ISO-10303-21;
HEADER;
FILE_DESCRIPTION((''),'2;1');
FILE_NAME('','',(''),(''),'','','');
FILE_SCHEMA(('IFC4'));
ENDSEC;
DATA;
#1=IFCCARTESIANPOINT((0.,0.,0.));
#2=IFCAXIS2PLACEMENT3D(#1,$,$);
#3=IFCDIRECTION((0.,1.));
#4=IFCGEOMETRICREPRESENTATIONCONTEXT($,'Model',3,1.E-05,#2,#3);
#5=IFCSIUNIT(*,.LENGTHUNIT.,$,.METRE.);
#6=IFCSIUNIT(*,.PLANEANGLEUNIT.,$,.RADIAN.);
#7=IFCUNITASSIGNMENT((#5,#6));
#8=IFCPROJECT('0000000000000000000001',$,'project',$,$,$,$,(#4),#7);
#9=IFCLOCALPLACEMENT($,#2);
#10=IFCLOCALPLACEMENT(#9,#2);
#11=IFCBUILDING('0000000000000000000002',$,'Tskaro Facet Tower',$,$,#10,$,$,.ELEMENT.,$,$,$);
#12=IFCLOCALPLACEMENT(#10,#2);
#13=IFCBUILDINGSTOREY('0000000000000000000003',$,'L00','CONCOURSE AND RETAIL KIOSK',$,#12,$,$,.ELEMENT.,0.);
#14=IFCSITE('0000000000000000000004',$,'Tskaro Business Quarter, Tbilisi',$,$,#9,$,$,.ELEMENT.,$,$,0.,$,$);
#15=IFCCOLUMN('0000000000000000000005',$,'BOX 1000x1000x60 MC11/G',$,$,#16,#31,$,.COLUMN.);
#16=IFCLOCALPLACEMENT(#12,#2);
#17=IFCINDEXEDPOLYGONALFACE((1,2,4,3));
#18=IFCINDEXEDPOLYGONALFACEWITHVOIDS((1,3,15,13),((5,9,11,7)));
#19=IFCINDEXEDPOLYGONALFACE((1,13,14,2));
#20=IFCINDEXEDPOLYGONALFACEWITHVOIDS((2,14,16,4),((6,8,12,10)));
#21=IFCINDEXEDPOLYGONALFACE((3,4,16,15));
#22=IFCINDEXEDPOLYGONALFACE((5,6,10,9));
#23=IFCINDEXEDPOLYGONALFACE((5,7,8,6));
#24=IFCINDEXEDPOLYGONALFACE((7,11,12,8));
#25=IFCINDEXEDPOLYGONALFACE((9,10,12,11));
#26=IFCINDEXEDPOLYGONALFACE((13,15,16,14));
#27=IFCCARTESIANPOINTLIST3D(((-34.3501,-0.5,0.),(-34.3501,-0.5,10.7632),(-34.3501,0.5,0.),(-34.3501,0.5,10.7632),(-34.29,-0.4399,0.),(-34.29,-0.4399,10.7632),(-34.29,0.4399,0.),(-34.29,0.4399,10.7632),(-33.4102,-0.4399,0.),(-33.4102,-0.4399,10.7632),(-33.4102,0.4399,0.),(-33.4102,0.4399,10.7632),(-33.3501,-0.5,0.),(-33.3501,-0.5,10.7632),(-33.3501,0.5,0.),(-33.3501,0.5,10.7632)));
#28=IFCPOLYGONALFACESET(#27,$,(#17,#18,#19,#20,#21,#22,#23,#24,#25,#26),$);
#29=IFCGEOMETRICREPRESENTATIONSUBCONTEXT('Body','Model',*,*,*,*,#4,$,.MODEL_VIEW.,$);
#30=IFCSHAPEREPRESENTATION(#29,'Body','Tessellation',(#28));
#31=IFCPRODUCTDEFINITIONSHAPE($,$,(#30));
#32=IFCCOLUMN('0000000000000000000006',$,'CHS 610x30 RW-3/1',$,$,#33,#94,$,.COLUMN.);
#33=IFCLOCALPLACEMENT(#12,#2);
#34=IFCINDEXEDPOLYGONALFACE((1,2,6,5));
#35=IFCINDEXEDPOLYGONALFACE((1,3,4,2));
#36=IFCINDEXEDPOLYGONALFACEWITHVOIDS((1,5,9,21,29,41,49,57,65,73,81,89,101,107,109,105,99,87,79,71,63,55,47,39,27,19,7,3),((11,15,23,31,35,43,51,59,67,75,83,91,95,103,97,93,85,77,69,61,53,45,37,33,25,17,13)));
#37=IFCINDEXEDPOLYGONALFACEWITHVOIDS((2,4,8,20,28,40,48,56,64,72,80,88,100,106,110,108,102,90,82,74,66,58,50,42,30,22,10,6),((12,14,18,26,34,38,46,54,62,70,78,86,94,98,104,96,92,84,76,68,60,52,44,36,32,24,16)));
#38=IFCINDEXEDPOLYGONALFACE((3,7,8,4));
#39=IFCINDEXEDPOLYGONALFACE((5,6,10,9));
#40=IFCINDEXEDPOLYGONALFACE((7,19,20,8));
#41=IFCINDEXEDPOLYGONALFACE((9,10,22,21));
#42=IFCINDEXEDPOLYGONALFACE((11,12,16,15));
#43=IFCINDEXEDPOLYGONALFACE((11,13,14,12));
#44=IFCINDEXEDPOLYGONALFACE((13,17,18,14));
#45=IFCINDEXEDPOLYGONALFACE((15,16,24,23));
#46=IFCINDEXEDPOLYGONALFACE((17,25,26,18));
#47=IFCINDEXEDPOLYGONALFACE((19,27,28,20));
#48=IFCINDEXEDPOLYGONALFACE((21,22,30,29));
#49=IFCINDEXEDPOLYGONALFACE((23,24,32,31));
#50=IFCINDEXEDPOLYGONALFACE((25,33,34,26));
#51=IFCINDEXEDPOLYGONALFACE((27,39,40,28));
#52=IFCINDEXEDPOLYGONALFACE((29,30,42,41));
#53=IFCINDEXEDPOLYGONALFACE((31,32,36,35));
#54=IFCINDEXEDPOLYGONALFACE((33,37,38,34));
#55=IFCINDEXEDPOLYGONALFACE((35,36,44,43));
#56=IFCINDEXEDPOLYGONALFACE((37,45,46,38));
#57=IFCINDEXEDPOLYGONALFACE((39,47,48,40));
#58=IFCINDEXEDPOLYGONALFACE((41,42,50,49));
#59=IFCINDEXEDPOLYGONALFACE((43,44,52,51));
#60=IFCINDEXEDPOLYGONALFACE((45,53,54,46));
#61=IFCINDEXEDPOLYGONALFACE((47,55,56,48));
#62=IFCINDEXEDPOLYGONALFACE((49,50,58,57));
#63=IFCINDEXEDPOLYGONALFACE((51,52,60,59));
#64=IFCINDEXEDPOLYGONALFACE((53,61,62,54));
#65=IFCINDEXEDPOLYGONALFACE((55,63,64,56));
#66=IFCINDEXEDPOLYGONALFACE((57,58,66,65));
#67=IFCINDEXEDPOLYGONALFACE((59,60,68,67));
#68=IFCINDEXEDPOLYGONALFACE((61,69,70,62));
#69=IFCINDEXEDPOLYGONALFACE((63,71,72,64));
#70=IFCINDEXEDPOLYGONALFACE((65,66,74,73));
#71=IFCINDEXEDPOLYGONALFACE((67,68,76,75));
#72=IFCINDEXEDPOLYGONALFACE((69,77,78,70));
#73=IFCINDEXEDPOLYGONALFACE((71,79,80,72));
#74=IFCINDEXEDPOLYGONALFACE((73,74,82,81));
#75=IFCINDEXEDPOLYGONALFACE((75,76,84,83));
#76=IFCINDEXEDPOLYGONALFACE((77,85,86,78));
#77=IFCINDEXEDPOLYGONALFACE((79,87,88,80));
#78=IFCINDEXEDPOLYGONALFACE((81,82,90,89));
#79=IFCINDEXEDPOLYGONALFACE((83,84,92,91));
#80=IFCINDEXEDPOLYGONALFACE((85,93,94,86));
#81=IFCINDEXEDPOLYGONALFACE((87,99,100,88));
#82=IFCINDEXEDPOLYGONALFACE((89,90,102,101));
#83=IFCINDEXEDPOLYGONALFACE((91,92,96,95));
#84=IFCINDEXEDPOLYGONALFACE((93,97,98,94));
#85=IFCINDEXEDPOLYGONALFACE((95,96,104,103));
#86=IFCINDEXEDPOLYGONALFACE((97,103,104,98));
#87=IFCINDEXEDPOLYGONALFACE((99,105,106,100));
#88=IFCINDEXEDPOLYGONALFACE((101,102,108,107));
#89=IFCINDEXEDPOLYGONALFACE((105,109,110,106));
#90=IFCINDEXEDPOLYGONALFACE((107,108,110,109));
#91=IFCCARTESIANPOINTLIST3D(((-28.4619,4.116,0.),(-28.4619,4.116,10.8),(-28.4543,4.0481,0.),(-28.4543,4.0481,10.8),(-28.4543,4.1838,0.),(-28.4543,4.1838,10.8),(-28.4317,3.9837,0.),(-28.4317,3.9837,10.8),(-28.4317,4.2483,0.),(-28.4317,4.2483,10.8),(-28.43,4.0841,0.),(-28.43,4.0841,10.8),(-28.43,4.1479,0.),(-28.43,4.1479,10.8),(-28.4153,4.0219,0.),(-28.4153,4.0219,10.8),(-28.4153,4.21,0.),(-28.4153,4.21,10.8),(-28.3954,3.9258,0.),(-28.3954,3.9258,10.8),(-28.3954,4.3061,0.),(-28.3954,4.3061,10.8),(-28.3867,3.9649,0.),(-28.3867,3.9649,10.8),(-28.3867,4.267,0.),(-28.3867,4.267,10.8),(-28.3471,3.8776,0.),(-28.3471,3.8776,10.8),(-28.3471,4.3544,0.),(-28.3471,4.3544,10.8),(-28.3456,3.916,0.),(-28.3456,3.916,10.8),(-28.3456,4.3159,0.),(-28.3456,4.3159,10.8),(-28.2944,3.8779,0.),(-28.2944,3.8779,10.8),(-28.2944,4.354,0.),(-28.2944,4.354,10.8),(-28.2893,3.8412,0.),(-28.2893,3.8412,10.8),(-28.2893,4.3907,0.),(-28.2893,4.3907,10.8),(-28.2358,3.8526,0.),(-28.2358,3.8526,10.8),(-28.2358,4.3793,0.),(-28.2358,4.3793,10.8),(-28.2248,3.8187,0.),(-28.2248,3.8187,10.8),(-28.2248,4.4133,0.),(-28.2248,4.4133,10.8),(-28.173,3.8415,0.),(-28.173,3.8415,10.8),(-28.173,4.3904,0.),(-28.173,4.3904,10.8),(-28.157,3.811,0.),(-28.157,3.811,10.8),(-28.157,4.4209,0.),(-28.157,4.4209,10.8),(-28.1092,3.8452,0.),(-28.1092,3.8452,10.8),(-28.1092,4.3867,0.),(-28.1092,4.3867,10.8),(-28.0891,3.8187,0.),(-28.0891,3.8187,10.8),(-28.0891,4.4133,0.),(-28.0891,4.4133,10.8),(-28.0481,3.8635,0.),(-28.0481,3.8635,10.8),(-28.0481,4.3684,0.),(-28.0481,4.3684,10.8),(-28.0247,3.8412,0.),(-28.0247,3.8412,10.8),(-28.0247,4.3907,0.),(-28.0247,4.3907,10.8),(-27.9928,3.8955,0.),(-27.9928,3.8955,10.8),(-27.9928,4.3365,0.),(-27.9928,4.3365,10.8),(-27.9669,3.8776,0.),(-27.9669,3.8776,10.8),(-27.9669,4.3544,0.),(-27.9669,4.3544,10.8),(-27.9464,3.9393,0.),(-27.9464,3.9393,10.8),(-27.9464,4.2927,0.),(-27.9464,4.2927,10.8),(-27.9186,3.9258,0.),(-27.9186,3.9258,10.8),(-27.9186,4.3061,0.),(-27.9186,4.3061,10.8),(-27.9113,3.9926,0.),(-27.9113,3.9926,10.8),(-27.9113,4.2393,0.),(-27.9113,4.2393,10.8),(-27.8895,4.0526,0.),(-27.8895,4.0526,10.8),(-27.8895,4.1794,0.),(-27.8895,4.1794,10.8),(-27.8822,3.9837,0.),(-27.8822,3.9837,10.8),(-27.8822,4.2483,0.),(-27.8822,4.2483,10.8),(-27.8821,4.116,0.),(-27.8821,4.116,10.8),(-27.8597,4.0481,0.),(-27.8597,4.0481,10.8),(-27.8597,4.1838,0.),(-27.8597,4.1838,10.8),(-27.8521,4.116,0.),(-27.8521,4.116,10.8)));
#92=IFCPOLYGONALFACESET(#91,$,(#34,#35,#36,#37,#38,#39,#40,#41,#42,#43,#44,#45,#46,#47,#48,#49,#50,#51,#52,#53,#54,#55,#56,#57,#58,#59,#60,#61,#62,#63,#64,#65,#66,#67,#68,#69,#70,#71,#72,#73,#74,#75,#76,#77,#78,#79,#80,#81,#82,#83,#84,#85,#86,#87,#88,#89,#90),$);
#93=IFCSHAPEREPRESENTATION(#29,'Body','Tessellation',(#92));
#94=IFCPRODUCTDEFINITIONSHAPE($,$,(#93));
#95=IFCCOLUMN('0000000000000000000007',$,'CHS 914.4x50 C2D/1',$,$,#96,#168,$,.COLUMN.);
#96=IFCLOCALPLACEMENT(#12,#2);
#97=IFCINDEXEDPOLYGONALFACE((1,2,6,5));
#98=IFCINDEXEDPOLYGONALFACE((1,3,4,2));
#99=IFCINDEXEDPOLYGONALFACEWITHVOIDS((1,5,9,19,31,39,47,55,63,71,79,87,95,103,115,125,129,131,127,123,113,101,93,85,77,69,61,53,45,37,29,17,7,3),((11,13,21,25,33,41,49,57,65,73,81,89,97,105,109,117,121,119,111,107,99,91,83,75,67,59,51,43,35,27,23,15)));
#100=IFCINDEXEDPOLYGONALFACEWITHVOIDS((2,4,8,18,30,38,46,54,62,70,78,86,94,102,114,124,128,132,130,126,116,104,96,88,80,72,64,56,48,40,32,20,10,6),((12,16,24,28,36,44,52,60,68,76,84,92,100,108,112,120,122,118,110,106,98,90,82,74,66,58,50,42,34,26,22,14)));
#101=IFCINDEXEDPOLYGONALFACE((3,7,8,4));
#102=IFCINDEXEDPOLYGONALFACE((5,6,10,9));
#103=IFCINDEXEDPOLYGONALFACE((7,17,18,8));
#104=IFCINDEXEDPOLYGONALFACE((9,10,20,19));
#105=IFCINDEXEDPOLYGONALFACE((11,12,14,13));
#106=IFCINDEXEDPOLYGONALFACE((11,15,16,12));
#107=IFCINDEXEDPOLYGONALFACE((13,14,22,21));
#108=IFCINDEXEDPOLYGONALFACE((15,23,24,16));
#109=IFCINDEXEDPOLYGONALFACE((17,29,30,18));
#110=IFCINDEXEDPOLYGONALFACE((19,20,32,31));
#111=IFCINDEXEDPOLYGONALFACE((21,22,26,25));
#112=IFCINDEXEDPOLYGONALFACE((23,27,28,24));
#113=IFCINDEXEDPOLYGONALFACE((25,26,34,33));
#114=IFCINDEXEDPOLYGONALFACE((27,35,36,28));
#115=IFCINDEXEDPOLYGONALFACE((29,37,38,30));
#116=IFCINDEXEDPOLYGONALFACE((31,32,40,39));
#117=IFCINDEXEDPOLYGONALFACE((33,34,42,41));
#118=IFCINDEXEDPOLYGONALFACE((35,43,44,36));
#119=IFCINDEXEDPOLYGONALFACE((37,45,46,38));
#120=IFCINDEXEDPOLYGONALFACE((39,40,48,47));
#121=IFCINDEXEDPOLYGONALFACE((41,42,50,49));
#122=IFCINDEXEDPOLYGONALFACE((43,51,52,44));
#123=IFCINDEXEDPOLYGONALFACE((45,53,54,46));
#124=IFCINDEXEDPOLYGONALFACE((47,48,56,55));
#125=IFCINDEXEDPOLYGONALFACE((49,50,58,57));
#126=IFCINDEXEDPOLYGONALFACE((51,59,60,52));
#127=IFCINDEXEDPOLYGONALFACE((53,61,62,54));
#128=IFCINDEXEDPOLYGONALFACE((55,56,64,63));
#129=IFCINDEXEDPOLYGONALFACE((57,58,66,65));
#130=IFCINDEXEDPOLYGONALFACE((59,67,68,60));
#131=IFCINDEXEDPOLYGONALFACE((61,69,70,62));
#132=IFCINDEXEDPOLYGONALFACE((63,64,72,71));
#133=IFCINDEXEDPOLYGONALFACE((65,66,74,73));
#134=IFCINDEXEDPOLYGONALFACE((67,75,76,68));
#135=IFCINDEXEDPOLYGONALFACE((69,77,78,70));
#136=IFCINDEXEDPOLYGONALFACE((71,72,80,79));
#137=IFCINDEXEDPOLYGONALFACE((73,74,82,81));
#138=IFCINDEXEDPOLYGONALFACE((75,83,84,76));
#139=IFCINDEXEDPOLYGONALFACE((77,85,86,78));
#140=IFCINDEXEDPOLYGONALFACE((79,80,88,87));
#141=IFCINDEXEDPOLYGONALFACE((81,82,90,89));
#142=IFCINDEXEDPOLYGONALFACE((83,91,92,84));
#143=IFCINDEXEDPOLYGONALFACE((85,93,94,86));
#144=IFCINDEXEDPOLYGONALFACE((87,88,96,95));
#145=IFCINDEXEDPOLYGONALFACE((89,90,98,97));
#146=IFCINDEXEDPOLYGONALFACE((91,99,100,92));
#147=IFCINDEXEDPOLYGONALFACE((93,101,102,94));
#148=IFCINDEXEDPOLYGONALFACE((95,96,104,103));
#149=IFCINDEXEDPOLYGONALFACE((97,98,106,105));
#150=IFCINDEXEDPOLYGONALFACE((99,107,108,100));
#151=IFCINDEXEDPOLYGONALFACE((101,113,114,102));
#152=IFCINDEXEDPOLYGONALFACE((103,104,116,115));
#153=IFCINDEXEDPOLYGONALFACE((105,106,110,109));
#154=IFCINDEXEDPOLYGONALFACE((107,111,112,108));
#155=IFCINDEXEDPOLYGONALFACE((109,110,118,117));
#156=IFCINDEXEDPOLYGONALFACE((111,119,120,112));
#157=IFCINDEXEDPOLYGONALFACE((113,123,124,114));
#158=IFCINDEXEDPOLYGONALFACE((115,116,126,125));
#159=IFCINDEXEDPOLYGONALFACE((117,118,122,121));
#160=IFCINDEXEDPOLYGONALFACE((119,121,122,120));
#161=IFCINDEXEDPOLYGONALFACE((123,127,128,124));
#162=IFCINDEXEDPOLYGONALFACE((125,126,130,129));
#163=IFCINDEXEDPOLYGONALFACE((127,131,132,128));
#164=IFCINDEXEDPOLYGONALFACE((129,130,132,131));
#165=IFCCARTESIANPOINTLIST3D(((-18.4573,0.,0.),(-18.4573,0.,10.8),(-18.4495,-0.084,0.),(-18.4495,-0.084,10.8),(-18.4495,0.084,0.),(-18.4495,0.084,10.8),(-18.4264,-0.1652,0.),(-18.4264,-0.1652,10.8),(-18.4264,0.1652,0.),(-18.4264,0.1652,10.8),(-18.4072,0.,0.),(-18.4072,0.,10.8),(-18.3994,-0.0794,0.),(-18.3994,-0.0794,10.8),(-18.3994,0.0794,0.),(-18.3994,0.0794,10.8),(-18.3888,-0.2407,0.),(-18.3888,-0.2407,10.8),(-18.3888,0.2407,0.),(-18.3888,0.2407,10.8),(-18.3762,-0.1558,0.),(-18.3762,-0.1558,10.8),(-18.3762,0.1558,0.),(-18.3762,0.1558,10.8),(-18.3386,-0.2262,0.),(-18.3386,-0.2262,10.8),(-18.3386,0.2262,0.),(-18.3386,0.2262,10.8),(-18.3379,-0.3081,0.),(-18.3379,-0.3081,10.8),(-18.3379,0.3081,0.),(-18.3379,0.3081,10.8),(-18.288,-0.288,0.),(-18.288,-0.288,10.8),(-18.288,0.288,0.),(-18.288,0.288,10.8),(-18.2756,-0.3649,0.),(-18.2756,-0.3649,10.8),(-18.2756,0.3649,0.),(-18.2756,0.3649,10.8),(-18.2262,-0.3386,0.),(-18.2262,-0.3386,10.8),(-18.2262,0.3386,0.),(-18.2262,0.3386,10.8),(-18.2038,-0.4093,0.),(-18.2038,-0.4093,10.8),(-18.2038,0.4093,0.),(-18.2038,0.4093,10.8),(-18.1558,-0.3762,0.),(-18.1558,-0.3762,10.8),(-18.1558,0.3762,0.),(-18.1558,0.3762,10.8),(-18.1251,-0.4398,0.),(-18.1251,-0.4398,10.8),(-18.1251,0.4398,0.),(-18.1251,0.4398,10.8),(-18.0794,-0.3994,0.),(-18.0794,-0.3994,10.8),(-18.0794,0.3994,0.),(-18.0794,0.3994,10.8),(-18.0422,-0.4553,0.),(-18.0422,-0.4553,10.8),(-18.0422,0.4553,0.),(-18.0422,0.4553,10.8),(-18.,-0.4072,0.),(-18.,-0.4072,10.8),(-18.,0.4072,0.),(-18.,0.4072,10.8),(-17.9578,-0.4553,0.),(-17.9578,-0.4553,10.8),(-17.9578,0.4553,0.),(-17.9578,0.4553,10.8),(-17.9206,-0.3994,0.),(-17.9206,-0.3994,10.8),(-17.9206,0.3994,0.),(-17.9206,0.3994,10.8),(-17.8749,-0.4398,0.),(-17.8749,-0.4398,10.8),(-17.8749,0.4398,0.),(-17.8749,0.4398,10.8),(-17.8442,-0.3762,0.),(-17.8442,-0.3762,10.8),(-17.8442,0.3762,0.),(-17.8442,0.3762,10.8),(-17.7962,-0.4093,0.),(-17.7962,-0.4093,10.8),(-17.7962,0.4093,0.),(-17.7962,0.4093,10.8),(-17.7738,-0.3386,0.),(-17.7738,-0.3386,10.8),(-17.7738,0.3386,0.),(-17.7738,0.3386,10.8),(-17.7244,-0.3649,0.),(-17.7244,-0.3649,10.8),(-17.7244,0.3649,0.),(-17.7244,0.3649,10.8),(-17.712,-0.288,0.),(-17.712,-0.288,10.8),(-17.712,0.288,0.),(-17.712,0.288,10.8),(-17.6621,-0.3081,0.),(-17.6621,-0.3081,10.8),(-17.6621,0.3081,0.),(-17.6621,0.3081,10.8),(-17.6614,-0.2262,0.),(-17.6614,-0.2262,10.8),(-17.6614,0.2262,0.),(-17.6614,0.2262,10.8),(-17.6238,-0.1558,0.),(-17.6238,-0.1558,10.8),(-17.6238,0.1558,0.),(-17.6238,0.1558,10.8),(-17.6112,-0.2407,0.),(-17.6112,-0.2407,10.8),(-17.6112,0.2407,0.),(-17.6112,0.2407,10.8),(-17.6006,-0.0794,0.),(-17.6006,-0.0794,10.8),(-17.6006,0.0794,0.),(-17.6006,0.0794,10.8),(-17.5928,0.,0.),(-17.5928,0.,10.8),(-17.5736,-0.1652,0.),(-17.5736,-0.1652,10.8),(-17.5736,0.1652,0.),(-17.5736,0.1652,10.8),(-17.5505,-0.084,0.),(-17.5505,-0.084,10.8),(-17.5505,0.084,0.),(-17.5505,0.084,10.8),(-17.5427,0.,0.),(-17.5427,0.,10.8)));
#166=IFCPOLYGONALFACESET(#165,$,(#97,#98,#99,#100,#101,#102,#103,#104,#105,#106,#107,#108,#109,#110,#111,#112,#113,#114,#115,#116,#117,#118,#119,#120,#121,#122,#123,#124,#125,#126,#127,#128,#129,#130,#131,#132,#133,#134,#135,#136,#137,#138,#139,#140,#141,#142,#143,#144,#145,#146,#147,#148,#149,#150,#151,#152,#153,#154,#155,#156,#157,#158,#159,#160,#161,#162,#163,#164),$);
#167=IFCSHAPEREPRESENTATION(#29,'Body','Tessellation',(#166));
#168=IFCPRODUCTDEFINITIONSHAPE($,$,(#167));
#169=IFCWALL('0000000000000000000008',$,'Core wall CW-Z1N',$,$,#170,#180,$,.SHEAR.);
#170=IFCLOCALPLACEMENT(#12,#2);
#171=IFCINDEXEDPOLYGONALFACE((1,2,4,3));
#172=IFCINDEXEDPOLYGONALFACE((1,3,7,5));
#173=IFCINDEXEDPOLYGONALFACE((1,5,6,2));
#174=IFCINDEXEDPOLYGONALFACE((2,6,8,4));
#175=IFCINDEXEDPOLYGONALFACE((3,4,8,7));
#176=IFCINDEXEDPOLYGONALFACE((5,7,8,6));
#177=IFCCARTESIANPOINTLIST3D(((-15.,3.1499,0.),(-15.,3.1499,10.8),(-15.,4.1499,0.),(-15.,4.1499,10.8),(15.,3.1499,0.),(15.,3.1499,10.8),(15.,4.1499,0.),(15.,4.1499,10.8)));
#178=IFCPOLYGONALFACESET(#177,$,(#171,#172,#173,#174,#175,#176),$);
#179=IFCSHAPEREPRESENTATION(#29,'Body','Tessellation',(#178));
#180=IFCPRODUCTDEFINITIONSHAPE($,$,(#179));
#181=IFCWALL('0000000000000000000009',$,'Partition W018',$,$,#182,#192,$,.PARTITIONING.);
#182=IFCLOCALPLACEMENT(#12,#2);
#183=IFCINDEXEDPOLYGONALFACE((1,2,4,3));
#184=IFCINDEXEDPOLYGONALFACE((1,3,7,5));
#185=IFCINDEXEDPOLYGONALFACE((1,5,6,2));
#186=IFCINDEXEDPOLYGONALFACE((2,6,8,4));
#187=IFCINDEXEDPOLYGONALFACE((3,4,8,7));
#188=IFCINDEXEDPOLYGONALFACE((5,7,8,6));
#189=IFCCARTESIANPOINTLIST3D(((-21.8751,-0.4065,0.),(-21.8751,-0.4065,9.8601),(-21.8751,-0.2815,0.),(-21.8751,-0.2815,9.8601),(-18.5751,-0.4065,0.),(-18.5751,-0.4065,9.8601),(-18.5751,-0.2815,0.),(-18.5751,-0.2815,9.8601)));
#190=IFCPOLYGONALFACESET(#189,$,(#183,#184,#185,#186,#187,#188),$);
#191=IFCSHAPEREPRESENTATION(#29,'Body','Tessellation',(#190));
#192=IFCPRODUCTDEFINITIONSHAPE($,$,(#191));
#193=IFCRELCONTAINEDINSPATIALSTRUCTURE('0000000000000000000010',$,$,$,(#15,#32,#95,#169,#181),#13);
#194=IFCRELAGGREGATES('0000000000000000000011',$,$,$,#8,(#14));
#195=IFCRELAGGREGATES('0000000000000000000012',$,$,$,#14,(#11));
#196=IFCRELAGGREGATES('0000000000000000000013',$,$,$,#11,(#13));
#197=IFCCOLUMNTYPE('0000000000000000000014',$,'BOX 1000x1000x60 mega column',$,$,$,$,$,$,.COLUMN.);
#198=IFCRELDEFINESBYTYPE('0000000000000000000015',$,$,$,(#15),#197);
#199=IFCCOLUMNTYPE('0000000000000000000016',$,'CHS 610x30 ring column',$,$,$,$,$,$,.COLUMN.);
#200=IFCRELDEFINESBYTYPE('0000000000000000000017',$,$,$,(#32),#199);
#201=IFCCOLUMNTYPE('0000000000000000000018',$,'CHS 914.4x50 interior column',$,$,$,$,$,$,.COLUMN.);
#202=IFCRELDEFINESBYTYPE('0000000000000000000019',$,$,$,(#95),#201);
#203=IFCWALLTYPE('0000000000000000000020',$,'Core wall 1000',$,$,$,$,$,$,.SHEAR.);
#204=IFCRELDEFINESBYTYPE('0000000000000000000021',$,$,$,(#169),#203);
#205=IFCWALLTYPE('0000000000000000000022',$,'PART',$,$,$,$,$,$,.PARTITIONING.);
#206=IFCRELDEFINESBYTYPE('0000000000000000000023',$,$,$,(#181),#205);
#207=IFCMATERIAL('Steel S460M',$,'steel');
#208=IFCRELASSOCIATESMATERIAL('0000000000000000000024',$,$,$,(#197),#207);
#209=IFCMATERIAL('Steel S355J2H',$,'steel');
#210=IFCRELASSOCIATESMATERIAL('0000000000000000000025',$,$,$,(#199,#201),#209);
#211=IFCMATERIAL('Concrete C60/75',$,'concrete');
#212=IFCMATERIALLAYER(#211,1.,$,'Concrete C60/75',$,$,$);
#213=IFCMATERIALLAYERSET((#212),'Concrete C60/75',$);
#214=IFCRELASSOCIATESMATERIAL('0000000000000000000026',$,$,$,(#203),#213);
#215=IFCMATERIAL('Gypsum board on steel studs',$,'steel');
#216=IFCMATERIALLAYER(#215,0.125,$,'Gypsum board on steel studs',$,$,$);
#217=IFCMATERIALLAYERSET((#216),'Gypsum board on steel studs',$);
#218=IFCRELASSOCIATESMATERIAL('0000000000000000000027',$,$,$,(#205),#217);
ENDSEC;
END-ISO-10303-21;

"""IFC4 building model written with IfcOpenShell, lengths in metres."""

from ifc_helpers import new_model, si_unit, direction, frame, frame_2d, origin, origin_2d, place, context, subcontext, project, spatial, rectangle, hollow_rectangle, hollow_circle, extrude, material, layer, layer_set, material_profile, profile_set, type_object, element, save


model = new_model("IFC4")

# Units and contexts
model_context = context("Model", 3, precision=1e-05, world=origin(), true_north=direction((0.0, 1.0)))
body_context = subcontext(model_context, "Body", "Model", "MODEL_VIEW")
ifc_project = project(units=[si_unit("LENGTHUNIT", "METRE"), si_unit("PLANEANGLEUNIT", "RADIAN")], contexts=[model_context])

# Site, building, storey
site_placement = place(None, origin())
site = spatial("IfcSite", under=ifc_project, at=site_placement, Name="Tskaro Business Quarter, Tbilisi", CompositionType="ELEMENT", RefElevation=0.0)
building_placement = place(site_placement, origin())
building = spatial("IfcBuilding", under=site, at=building_placement, Name="Tskaro Facet Tower", CompositionType="ELEMENT")
storey_placement = place(building_placement, origin())
storey = spatial("IfcBuildingStorey", under=building, at=storey_placement, Name="L00", Description="CONCOURSE AND RETAIL KIOSK", CompositionType="ELEMENT", Elevation=0.0)

# Columns
ifc_material_1 = material(Name="Steel S460M", Category="steel")
ifc_material_profile_1 = material_profile(ifc_material_1, hollow_rectangle(XDim=1.0, YDim=1.0, WallThickness=0.0601, at=origin_2d()), Name="BOX 1000x1000x60")
ifc_profile_set_1 = profile_set([ifc_material_profile_1], Name="Steel S460M")
column_type_1 = type_object("IfcColumnType", Name="BOX 1000x1000x60 mega column", PredefinedType="COLUMN", material=ifc_profile_set_1)
column_1_placement = place(storey_placement, frame((-33.8501, 0.0, 0.0), z_axis=(0.0, 0.0, 1.0), x_axis=(1.0, 0.0, 0.0)))
element("IfcColumn", 1, at=column_1_placement, inside=storey, type_object=column_type_1, Name="BOX 1000x1000x60 MC11/G", PredefinedType="COLUMN", context=body_context, shape_type="SweptSolid", body=[
    extrude(hollow_rectangle(XDim=1.0, YDim=1.0, WallThickness=0.0601, at=origin_2d()), origin(), (0.0, 0.0, 1.0), 10.7632),
])
ifc_material_2 = material(Name="Steel S355J2H", Category="steel")
ifc_material_profile_2 = material_profile(ifc_material_2, hollow_circle(Radius=0.3049, WallThickness=0.03, at=origin_2d()), Name="CHS 610x30")
ifc_profile_set_2 = profile_set([ifc_material_profile_2], Name="Steel S355J2H")
column_type_2 = type_object("IfcColumnType", Name="CHS 610x30 ring column", PredefinedType="COLUMN", material=ifc_profile_set_2)
column_2_placement = place(storey_placement, frame((-28.157, 4.116, 0.0), z_axis=(0.0, 0.0, 1.0), x_axis=(1.0, 0.0, 0.0)))
element("IfcColumn", 2, at=column_2_placement, inside=storey, type_object=column_type_2, Name="CHS 610x30 RW-3/1", PredefinedType="COLUMN", context=body_context, shape_type="SweptSolid", body=[
    extrude(hollow_circle(Radius=0.3049, WallThickness=0.03, at=origin_2d()), origin(), (0.0, 0.0, 1.0), 10.8),
])
ifc_material_profile_3 = material_profile(ifc_material_2, hollow_circle(Radius=0.4573, WallThickness=0.05, at=origin_2d()), Name="CHS 914.4x50")
ifc_profile_set_3 = profile_set([ifc_material_profile_3], Name="Steel S355J2H")
column_type_3 = type_object("IfcColumnType", Name="CHS 914.4x50 interior column", PredefinedType="COLUMN", material=ifc_profile_set_3)
column_3_placement = place(storey_placement, frame((-18.0, 0.0, 0.0), z_axis=(0.0, 0.0, 1.0), x_axis=(1.0, 0.0, 0.0)))
element("IfcColumn", 3, at=column_3_placement, inside=storey, type_object=column_type_3, Name="CHS 914.4x50 C2D/1", PredefinedType="COLUMN", context=body_context, shape_type="SweptSolid", body=[
    extrude(hollow_circle(Radius=0.4573, WallThickness=0.05, at=origin_2d()), origin(), (0.0, 0.0, 1.0), 10.8),
])

# Walls
ifc_material_3 = material(Name="Concrete C60/75", Category="concrete")
ifc_layer_1 = layer(ifc_material_3, 1.0, Name="Concrete C60/75")
ifc_layer_set_1 = layer_set([ifc_layer_1], Name="Concrete C60/75")
wall_type_1 = type_object("IfcWallType", Name="Core wall 1000", PredefinedType="SHEAR", material=ifc_layer_set_1)
wall_1_placement = place(storey_placement, frame((-15.0, 3.6499, 0.0), z_axis=(0.0, 0.0, 1.0), x_axis=(1.0, 0.0, 0.0)))
element("IfcWall", 4, at=wall_1_placement, inside=storey, type_object=wall_type_1, Name="Core wall CW-Z1N", PredefinedType="SHEAR", context=body_context, shape_type="SweptSolid", body=[
    extrude(rectangle(XDim=30.0, YDim=1.0, at=frame_2d((15.0, 0.0))), origin(), (0.0, 0.0, 1.0), 10.8),
])
ifc_material_4 = material(Name="Gypsum board on steel studs", Category="steel")
ifc_layer_2 = layer(ifc_material_4, 0.125, Name="Gypsum board on steel studs")
ifc_layer_set_2 = layer_set([ifc_layer_2], Name="Gypsum board on steel studs")
wall_type_2 = type_object("IfcWallType", Name="PART", PredefinedType="PARTITIONING", material=ifc_layer_set_2)
wall_2_placement = place(storey_placement, frame((-21.875, -0.344, 0.0), z_axis=(0.0, 0.0, 1.0), x_axis=(1.0, 0.0, 0.0)))
element("IfcWall", 5, at=wall_2_placement, inside=storey, type_object=wall_type_2, Name="Partition W018", PredefinedType="PARTITIONING", context=body_context, shape_type="SweptSolid", body=[
    extrude(rectangle(XDim=3.3, YDim=0.125, at=frame_2d((1.6499, 0.0))), origin(), (0.0, 0.0, 1.0), 9.8601),
])

save(model, "model.ifc")
